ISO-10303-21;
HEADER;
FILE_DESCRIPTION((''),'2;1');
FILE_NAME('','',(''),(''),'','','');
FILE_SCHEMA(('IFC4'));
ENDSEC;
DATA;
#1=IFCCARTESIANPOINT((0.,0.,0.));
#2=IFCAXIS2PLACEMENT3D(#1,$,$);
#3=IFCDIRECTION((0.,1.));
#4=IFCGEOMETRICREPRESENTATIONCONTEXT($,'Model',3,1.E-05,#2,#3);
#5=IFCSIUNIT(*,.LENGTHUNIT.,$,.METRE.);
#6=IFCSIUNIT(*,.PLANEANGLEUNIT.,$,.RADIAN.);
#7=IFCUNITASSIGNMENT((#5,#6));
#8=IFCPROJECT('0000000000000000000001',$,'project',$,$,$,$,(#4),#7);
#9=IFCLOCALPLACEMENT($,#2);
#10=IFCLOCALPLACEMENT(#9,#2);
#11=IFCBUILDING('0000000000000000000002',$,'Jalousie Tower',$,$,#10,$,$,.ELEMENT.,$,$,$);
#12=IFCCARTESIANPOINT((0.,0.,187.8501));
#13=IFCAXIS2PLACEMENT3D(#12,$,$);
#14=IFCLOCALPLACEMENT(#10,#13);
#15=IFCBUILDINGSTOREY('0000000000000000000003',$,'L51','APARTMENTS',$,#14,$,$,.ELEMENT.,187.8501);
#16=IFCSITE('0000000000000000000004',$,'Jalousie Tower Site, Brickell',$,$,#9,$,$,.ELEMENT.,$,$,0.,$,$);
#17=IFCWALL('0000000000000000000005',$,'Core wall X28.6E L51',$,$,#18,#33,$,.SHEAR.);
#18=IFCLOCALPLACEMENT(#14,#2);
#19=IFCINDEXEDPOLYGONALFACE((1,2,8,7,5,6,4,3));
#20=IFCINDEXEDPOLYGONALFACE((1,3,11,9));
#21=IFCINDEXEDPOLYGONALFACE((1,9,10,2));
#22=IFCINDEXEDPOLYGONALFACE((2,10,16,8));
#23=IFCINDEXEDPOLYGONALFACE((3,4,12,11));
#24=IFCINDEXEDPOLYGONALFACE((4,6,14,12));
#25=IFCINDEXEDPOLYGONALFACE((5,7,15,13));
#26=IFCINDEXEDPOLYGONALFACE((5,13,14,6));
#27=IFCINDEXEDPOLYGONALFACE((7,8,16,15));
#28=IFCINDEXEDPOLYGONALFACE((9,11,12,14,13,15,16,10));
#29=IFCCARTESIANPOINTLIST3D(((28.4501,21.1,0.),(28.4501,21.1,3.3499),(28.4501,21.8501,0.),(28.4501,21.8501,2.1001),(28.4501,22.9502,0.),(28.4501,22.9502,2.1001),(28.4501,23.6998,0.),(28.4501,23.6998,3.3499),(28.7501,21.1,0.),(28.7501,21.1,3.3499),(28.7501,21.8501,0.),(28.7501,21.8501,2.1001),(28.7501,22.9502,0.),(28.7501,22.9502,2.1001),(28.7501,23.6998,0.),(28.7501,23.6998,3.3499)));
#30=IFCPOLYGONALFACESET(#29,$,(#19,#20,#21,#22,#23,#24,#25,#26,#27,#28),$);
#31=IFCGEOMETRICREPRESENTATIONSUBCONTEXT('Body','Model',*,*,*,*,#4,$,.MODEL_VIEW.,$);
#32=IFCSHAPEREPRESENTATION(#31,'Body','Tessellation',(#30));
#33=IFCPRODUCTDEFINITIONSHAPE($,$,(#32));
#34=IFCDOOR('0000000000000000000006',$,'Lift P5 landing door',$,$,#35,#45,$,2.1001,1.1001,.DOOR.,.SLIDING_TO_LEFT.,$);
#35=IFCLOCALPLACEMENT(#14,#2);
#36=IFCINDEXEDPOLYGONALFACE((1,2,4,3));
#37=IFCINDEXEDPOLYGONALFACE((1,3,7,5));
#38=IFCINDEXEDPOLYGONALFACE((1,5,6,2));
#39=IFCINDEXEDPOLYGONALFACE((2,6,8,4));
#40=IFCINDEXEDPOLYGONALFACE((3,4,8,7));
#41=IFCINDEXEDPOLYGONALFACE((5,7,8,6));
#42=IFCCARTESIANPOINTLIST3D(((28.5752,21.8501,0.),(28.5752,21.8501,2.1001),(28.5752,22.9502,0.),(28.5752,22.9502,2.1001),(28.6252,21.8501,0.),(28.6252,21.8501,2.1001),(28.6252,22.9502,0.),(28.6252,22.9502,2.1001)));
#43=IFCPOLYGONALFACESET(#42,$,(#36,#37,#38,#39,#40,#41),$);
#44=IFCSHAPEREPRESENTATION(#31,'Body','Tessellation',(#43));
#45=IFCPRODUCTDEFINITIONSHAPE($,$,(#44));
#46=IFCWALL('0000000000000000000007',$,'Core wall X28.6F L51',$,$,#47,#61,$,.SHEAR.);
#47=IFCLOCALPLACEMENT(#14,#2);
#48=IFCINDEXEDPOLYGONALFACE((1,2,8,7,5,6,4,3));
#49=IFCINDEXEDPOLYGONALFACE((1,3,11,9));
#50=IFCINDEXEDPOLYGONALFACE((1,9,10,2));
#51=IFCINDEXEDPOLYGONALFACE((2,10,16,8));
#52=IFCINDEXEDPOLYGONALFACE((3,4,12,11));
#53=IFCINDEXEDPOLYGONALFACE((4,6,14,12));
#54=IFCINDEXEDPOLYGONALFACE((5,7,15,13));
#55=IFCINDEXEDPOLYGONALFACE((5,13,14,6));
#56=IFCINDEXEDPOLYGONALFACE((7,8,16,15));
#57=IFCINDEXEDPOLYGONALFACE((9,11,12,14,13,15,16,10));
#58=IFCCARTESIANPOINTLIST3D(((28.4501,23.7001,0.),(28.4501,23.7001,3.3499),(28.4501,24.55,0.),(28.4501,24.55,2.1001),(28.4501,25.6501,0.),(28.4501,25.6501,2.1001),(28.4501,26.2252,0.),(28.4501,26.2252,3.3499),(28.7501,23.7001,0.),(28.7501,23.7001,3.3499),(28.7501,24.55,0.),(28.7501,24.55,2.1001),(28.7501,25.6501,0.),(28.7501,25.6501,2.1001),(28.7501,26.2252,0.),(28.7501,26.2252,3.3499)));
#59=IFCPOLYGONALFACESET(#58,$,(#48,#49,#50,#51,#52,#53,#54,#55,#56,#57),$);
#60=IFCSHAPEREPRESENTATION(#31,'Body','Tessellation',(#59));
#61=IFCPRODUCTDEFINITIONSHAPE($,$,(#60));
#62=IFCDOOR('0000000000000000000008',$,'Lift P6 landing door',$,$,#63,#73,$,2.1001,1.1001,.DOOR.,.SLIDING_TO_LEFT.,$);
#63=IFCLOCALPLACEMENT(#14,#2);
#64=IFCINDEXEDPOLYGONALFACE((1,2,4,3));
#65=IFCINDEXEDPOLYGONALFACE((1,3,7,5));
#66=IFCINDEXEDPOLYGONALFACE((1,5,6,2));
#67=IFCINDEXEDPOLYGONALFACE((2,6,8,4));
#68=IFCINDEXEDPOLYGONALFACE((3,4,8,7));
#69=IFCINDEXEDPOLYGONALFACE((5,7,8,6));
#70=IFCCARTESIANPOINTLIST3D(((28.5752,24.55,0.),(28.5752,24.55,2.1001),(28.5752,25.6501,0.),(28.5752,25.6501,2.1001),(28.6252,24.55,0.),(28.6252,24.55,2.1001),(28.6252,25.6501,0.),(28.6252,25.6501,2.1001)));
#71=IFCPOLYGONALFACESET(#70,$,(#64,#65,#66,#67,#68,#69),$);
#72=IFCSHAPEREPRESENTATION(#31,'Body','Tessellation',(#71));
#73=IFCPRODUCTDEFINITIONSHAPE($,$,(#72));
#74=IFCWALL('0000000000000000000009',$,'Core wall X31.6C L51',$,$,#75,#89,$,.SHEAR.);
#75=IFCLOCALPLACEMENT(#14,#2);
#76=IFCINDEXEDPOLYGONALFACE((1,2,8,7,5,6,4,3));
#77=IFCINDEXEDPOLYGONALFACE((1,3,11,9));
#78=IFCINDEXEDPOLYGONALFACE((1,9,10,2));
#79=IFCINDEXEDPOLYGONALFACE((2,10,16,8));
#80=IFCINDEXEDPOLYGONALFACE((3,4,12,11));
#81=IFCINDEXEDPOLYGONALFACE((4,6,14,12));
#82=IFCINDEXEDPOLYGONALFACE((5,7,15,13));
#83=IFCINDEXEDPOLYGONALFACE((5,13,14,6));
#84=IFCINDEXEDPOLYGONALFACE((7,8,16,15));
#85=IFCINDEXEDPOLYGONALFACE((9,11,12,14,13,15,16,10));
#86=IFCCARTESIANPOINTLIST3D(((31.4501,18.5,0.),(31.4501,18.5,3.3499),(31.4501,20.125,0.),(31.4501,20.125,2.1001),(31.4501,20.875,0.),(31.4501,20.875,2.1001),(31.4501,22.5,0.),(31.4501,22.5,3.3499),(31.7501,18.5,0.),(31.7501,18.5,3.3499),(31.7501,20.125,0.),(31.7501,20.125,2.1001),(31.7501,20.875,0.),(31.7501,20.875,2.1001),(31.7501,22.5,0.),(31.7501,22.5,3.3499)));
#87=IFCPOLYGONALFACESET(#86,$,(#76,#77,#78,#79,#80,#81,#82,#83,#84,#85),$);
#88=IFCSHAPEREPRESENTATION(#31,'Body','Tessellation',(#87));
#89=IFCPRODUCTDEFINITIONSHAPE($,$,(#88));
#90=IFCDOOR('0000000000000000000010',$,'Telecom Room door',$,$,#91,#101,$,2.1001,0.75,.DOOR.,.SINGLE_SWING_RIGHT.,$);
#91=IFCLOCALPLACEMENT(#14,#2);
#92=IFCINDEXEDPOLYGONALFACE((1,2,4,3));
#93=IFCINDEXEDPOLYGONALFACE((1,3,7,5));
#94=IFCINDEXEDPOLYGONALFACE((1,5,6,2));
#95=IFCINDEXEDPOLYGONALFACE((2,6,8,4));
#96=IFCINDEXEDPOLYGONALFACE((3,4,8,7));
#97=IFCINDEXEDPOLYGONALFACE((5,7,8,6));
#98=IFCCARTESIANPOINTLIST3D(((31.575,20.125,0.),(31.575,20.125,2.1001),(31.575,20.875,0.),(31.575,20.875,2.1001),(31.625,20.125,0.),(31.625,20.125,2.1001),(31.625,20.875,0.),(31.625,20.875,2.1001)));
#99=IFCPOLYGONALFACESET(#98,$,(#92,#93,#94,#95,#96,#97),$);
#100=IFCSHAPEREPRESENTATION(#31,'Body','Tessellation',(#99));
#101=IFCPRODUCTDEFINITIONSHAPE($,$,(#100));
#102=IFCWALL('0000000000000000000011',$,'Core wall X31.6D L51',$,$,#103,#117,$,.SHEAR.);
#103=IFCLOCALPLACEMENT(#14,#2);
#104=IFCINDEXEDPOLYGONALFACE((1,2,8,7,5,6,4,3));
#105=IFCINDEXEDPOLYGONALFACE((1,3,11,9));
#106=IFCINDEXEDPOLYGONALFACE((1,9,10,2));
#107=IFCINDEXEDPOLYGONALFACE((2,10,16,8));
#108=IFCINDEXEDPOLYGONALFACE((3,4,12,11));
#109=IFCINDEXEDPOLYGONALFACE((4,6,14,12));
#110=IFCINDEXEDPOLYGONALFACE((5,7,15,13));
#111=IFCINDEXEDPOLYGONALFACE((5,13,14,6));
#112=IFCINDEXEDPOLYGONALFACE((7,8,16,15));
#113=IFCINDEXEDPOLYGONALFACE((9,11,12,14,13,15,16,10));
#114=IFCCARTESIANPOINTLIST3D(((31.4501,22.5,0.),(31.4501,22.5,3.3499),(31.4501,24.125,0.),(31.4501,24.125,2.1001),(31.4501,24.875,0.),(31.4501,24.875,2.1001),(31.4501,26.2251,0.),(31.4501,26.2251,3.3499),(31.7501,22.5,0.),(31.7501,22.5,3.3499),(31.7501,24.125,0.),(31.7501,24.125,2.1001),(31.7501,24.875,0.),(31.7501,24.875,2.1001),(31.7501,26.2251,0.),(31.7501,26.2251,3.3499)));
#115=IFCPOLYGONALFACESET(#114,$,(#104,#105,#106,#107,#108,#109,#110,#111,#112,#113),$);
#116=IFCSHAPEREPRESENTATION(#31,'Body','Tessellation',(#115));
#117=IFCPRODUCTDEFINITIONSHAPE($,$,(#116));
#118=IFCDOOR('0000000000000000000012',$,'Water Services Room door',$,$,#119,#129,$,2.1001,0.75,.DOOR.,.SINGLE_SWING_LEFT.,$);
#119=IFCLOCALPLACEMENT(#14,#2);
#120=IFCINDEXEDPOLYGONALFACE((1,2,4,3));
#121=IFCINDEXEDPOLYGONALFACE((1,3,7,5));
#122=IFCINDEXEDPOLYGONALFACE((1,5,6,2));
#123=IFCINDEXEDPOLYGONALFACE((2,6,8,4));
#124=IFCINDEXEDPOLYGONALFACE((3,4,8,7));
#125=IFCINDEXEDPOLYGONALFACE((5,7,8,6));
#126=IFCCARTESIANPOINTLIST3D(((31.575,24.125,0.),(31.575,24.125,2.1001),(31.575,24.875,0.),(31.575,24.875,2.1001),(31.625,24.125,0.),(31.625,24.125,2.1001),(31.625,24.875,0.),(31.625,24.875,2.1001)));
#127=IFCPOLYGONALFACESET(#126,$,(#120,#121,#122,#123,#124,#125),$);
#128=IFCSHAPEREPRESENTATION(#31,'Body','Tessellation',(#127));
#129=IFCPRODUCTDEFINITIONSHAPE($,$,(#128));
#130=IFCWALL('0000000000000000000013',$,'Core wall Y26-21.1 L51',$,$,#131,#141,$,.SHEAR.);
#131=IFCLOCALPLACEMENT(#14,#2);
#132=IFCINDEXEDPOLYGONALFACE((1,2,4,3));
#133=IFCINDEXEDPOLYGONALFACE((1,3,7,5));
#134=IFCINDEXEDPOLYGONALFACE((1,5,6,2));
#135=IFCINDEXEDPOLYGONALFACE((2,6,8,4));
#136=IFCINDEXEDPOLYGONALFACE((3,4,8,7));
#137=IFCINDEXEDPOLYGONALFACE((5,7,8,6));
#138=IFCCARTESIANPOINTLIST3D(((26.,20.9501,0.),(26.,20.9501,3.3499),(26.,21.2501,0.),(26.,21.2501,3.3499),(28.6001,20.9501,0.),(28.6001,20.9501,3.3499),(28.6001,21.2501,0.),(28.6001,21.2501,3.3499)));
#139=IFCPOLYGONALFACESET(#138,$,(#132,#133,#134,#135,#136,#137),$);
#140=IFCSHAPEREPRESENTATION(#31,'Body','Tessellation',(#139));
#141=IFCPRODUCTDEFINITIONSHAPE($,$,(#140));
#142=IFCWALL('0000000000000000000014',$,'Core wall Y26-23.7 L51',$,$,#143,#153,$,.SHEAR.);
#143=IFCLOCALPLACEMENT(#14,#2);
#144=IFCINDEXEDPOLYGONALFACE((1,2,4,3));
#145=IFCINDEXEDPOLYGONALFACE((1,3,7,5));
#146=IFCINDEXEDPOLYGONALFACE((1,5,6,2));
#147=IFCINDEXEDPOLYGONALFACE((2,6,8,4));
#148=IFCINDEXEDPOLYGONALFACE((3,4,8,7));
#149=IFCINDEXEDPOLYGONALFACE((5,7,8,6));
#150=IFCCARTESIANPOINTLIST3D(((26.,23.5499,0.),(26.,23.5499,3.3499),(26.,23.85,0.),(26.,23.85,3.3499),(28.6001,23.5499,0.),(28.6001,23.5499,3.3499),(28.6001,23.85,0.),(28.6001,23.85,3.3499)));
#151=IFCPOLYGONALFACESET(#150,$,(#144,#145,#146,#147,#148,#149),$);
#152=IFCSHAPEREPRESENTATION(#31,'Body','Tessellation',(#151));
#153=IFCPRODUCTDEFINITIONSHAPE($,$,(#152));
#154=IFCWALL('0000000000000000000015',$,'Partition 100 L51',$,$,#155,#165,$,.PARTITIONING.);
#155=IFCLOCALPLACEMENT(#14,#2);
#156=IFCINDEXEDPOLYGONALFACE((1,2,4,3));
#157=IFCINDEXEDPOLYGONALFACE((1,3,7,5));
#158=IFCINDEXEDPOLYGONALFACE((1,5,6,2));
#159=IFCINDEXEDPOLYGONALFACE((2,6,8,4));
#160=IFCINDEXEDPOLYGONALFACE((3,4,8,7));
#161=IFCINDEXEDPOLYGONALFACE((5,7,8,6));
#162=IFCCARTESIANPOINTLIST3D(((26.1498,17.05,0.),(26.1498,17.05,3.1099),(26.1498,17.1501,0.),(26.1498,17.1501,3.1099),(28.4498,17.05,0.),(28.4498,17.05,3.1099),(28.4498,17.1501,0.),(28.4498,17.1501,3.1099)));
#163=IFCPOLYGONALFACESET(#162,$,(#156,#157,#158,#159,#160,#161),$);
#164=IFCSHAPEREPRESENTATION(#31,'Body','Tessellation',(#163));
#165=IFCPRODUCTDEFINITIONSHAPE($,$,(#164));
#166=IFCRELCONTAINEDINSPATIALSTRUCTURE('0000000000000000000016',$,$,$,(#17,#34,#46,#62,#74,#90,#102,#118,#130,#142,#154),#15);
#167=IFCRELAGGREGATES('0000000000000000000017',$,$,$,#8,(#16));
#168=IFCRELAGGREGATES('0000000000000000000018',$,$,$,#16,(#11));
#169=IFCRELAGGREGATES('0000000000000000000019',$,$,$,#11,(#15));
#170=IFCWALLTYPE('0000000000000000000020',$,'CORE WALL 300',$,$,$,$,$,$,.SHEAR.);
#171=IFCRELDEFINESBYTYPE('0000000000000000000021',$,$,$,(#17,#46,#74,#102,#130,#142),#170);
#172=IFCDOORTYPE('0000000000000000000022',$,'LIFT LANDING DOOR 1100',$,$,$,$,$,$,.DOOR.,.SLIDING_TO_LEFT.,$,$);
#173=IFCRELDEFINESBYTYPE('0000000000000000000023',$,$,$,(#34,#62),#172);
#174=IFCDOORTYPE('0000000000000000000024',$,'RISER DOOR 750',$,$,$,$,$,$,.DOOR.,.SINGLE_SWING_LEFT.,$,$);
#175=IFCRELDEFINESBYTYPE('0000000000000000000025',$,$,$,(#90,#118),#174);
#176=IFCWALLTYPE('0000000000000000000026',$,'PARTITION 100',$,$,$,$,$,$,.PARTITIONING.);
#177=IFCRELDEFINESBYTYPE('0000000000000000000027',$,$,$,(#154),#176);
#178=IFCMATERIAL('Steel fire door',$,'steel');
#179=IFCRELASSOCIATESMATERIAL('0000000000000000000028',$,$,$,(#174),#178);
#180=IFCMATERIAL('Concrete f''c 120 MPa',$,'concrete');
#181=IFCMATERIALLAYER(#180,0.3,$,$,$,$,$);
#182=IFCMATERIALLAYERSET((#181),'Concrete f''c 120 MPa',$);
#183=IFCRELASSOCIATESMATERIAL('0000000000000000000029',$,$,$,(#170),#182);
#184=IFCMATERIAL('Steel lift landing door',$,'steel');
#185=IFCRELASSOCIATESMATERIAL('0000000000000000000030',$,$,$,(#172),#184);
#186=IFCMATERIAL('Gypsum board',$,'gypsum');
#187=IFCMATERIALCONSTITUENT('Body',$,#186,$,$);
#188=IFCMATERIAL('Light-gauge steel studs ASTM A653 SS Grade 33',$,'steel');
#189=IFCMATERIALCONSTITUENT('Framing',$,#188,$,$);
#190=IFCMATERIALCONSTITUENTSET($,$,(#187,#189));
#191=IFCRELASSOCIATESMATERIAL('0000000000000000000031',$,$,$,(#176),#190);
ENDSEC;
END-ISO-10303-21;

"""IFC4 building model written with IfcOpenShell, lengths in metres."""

from ifc_helpers import new_model, si_unit, direction, frame, frame_2d, origin, place, context, subcontext, project, spatial, rectangle, extrude, material, layer, layer_set, constituent, constituent_set, type_object, element, fill, save


model = new_model("IFC4")

# Units and contexts
model_context = context("Model", 3, precision=1e-05, world=origin(), true_north=direction((0.0, 1.0)))
body_context = subcontext(model_context, "Body", "Model", "MODEL_VIEW")
ifc_project = project(units=[si_unit("LENGTHUNIT", "METRE"), si_unit("PLANEANGLEUNIT", "RADIAN")], contexts=[model_context])

# Site, building, storey
site_placement = place(None, origin())
site = spatial("IfcSite", under=ifc_project, at=site_placement, Name="Jalousie Tower Site, Brickell", CompositionType="ELEMENT", RefElevation=0.0)
building_placement = place(site_placement, origin())
building = spatial("IfcBuilding", under=site, at=building_placement, Name="Jalousie Tower", CompositionType="ELEMENT")
storey_placement = place(building_placement, frame((0.0, 0.0, 187.8501)))
storey = spatial("IfcBuildingStorey", under=building, at=storey_placement, Name="L51", Description="APARTMENTS", CompositionType="ELEMENT", Elevation=187.8501)

# Shared definitions
ifc_material_1 = material(Name="Steel fire door", Category="steel")
door_type_1 = type_object("IfcDoorType", Name="RISER DOOR 750", OperationType="SINGLE_SWING_LEFT", PredefinedType="DOOR", material=ifc_material_1)

# Shared definitions
ifc_material_2 = material(Name="Concrete f'c 120 MPa", Category="concrete")
ifc_layer_1 = layer(ifc_material_2, 0.3)
ifc_layer_set_1 = layer_set([ifc_layer_1], Name="Concrete f'c 120 MPa")
wall_type_1 = type_object("IfcWallType", Name="CORE WALL 300", PredefinedType="SHEAR", material=ifc_layer_set_1)

# Walls, openings, doors
ifc_material_3 = material(Name="Steel lift landing door", Category="steel")
door_type_2 = type_object("IfcDoorType", Name="LIFT LANDING DOOR 1100", OperationType="SLIDING_TO_LEFT", PredefinedType="DOOR", material=ifc_material_3)
wall_1_placement = place(storey_placement, frame((28.6001, 21.1001, 0.0), z_axis=(0.0, 0.0, 1.0), x_axis=(0.0, 1.0, 0.0)))
wall_1 = element("IfcWall", 1, at=wall_1_placement, inside=storey, type_object=wall_type_1, Name="Core wall X28.6E L51", PredefinedType="SHEAR", context=body_context, shape_type="SweptSolid", body=[
    extrude(rectangle(XDim=2.5999, YDim=0.3, at=frame_2d((1.2998, 0.0))), origin(), (0.0, 0.0, 1.0), 3.3499),
])
opening_1_placement = place(wall_1_placement, frame((0.75, 0.0, 0.0)))
opening_1 = element("IfcOpeningElement", 2, at=opening_1_placement, cuts=wall_1, PredefinedType="OPENING", context=body_context, shape_type="SweptSolid", body=[
    extrude(rectangle(XDim=1.1001, YDim=2.1001, at=frame_2d((0.55, 1.05))), frame((0.0, 0.1599, 0.0), z_axis=(0.0, -1.0, 0.0), x_axis=(1.0, 0.0, 0.0)), (0.0, 0.0, 1.0), 0.3201),
])
door_1_placement = place(opening_1_placement, origin())
door_1 = element("IfcDoor", 3, at=door_1_placement, inside=storey, type_object=door_type_2, Name="Lift P5 landing door", OperationType="SLIDING_TO_LEFT", OverallHeight=2.1001, OverallWidth=1.1001, PredefinedType="DOOR", context=body_context, shape_type="SweptSolid", body=[
    extrude(rectangle(XDim=1.1001, YDim=2.1001, at=frame_2d((0.55, 1.05))), frame((0.0, 0.0249, 0.0), z_axis=(0.0, -1.0, 0.0), x_axis=(1.0, 0.0, 0.0)), (0.0, 0.0, 1.0), 0.05),
])
fill(opening_1, door_1)
wall_2_placement = place(storey_placement, frame((28.6001, 23.7, 0.0), z_axis=(0.0, 0.0, 1.0), x_axis=(0.0, 1.0, 0.0)))
wall_2 = element("IfcWall", 4, at=wall_2_placement, inside=storey, type_object=wall_type_1, Name="Core wall X28.6F L51", PredefinedType="SHEAR", context=body_context, shape_type="SweptSolid", body=[
    extrude(rectangle(XDim=2.5251, YDim=0.3, at=frame_2d((1.2627, 0.0))), origin(), (0.0, 0.0, 1.0), 3.3499),
])
opening_2_placement = place(wall_2_placement, frame((0.8501, 0.0, 0.0)))
opening_2 = element("IfcOpeningElement", 5, at=opening_2_placement, cuts=wall_2, PredefinedType="OPENING", context=body_context, shape_type="SweptSolid", body=[
    extrude(rectangle(XDim=1.1001, YDim=2.1001, at=frame_2d((0.55, 1.05))), frame((0.0, 0.1599, 0.0), z_axis=(0.0, -1.0, 0.0), x_axis=(1.0, 0.0, 0.0)), (0.0, 0.0, 1.0), 0.3201),
])
door_2_placement = place(opening_2_placement, origin())
door_2 = element("IfcDoor", 6, at=door_2_placement, inside=storey, type_object=door_type_2, Name="Lift P6 landing door", OperationType="SLIDING_TO_LEFT", OverallHeight=2.1001, OverallWidth=1.1001, PredefinedType="DOOR", context=body_context, shape_type="SweptSolid", body=[
    extrude(rectangle(XDim=1.1001, YDim=2.1001, at=frame_2d((0.55, 1.05))), frame((0.0, 0.0249, 0.0), z_axis=(0.0, -1.0, 0.0), x_axis=(1.0, 0.0, 0.0)), (0.0, 0.0, 1.0), 0.05),
])
fill(opening_2, door_2)
wall_3_placement = place(storey_placement, frame((31.6001, 18.5, 0.0), z_axis=(0.0, 0.0, 1.0), x_axis=(0.0, 1.0, 0.0)))
wall_3 = element("IfcWall", 7, at=wall_3_placement, inside=storey, type_object=wall_type_1, Name="Core wall X31.6C L51", PredefinedType="SHEAR", context=body_context, shape_type="SweptSolid", body=[
    extrude(rectangle(XDim=4.0, YDim=0.3, at=frame_2d((2.0, 0.0))), origin(), (0.0, 0.0, 1.0), 3.3499),
])
opening_3_placement = place(wall_3_placement, frame((1.625, 0.0, 0.0)))
opening_3 = element("IfcOpeningElement", 8, at=opening_3_placement, cuts=wall_3, PredefinedType="OPENING", context=body_context, shape_type="SweptSolid", body=[
    extrude(rectangle(XDim=0.75, YDim=2.1001, at=frame_2d((0.375, 1.05))), frame((0.0, 0.1599, 0.0), z_axis=(0.0, -1.0, 0.0), x_axis=(1.0, 0.0, 0.0)), (0.0, 0.0, 1.0), 0.3201),
])
door_3_placement = place(opening_3_placement, frame((0.75, 0.0, 0.0), z_axis=(0.0, 0.0, 1.0), x_axis=(-1.0, 0.0, 0.0)))
door_3 = element("IfcDoor", 9, at=door_3_placement, inside=storey, type_object=door_type_1, Name="Telecom Room door", OperationType="SINGLE_SWING_RIGHT", OverallHeight=2.1001, OverallWidth=0.75, PredefinedType="DOOR", context=body_context, shape_type="SweptSolid", body=[
    extrude(rectangle(XDim=0.75, YDim=2.1001, at=frame_2d((0.375, 1.05))), frame((0.0, 0.0249, 0.0), z_axis=(0.0, -1.0, 0.0), x_axis=(1.0, 0.0, 0.0)), (0.0, 0.0, 1.0), 0.05),
])
fill(opening_3, door_3)
wall_4_placement = place(storey_placement, frame((31.6001, 22.5, 0.0), z_axis=(0.0, 0.0, 1.0), x_axis=(0.0, 1.0, 0.0)))
wall_4 = element("IfcWall", 10, at=wall_4_placement, inside=storey, type_object=wall_type_1, Name="Core wall X31.6D L51", PredefinedType="SHEAR", context=body_context, shape_type="SweptSolid", body=[
    extrude(rectangle(XDim=3.7251, YDim=0.3, at=frame_2d((1.8625, 0.0))), origin(), (0.0, 0.0, 1.0), 3.3499),
])
opening_4_placement = place(wall_4_placement, frame((1.625, 0.0, 0.0)))
opening_4 = element("IfcOpeningElement", 11, at=opening_4_placement, cuts=wall_4, PredefinedType="OPENING", context=body_context, shape_type="SweptSolid", body=[
    extrude(rectangle(XDim=0.75, YDim=2.1001, at=frame_2d((0.375, 1.05))), frame((0.0, 0.1599, 0.0), z_axis=(0.0, -1.0, 0.0), x_axis=(1.0, 0.0, 0.0)), (0.0, 0.0, 1.0), 0.3201),
])
door_4_placement = place(opening_4_placement, frame((0.75, 0.0, 0.0), z_axis=(0.0, 0.0, 1.0), x_axis=(-1.0, 0.0, 0.0)))
door_4 = element("IfcDoor", 12, at=door_4_placement, inside=storey, type_object=door_type_1, Name="Water Services Room door", OperationType="SINGLE_SWING_LEFT", OverallHeight=2.1001, OverallWidth=0.75, PredefinedType="DOOR", context=body_context, shape_type="SweptSolid", body=[
    extrude(rectangle(XDim=0.75, YDim=2.1001, at=frame_2d((0.375, 1.05))), frame((0.0, 0.0249, 0.0), z_axis=(0.0, -1.0, 0.0), x_axis=(1.0, 0.0, 0.0)), (0.0, 0.0, 1.0), 0.05),
])
fill(opening_4, door_4)

# Walls
for number, where, z_axis, x_axis, name in (
    (13, (26.0, 21.1001, 0.0), (0.0, 0.0, 1.0), (1.0, 0.0, 0.0), "Core wall Y26-21.1 L51"),
    (14, (26.0, 23.7, 0.0), (0.0, 0.0, 1.0), (1.0, 0.0, 0.0), "Core wall Y26-23.7 L51"),
):
    element("IfcWall", number, at=place(storey_placement, frame(where, z_axis=z_axis, x_axis=x_axis)), inside=storey, type_object=wall_type_1, Name=name, PredefinedType="SHEAR", context=body_context, shape_type="SweptSolid", body=[
        extrude(rectangle(XDim=2.6001, YDim=0.3, at=frame_2d((1.3, 0.0))), origin(), (0.0, 0.0, 1.0), 3.3499),
    ])
ifc_material_4 = material(Name="Gypsum board", Category="gypsum")
ifc_constituent_1 = constituent(ifc_material_4, Name="Body")
ifc_material_5 = material(Name="Light-gauge steel studs ASTM A653 SS Grade 33", Category="steel")
ifc_constituent_2 = constituent(ifc_material_5, Name="Framing")
ifc_constituent_set = constituent_set(constituents=[ifc_constituent_1, ifc_constituent_2])
wall_type_2 = type_object("IfcWallType", Name="PARTITION 100", PredefinedType="PARTITIONING", material=ifc_constituent_set)
wall_5_placement = place(storey_placement, frame((26.1499, 17.1001, 0.0), z_axis=(0.0, 0.0, 1.0), x_axis=(1.0, 0.0, 0.0)))
element("IfcWall", 15, at=wall_5_placement, inside=storey, type_object=wall_type_2, Name="Partition 100 L51", PredefinedType="PARTITIONING", context=body_context, shape_type="SweptSolid", body=[
    extrude(rectangle(XDim=2.3, YDim=0.1001, at=frame_2d((1.1499, 0.0))), origin(), (0.0, 0.0, 1.0), 3.1099),
])

save(model, "model.ifc")
